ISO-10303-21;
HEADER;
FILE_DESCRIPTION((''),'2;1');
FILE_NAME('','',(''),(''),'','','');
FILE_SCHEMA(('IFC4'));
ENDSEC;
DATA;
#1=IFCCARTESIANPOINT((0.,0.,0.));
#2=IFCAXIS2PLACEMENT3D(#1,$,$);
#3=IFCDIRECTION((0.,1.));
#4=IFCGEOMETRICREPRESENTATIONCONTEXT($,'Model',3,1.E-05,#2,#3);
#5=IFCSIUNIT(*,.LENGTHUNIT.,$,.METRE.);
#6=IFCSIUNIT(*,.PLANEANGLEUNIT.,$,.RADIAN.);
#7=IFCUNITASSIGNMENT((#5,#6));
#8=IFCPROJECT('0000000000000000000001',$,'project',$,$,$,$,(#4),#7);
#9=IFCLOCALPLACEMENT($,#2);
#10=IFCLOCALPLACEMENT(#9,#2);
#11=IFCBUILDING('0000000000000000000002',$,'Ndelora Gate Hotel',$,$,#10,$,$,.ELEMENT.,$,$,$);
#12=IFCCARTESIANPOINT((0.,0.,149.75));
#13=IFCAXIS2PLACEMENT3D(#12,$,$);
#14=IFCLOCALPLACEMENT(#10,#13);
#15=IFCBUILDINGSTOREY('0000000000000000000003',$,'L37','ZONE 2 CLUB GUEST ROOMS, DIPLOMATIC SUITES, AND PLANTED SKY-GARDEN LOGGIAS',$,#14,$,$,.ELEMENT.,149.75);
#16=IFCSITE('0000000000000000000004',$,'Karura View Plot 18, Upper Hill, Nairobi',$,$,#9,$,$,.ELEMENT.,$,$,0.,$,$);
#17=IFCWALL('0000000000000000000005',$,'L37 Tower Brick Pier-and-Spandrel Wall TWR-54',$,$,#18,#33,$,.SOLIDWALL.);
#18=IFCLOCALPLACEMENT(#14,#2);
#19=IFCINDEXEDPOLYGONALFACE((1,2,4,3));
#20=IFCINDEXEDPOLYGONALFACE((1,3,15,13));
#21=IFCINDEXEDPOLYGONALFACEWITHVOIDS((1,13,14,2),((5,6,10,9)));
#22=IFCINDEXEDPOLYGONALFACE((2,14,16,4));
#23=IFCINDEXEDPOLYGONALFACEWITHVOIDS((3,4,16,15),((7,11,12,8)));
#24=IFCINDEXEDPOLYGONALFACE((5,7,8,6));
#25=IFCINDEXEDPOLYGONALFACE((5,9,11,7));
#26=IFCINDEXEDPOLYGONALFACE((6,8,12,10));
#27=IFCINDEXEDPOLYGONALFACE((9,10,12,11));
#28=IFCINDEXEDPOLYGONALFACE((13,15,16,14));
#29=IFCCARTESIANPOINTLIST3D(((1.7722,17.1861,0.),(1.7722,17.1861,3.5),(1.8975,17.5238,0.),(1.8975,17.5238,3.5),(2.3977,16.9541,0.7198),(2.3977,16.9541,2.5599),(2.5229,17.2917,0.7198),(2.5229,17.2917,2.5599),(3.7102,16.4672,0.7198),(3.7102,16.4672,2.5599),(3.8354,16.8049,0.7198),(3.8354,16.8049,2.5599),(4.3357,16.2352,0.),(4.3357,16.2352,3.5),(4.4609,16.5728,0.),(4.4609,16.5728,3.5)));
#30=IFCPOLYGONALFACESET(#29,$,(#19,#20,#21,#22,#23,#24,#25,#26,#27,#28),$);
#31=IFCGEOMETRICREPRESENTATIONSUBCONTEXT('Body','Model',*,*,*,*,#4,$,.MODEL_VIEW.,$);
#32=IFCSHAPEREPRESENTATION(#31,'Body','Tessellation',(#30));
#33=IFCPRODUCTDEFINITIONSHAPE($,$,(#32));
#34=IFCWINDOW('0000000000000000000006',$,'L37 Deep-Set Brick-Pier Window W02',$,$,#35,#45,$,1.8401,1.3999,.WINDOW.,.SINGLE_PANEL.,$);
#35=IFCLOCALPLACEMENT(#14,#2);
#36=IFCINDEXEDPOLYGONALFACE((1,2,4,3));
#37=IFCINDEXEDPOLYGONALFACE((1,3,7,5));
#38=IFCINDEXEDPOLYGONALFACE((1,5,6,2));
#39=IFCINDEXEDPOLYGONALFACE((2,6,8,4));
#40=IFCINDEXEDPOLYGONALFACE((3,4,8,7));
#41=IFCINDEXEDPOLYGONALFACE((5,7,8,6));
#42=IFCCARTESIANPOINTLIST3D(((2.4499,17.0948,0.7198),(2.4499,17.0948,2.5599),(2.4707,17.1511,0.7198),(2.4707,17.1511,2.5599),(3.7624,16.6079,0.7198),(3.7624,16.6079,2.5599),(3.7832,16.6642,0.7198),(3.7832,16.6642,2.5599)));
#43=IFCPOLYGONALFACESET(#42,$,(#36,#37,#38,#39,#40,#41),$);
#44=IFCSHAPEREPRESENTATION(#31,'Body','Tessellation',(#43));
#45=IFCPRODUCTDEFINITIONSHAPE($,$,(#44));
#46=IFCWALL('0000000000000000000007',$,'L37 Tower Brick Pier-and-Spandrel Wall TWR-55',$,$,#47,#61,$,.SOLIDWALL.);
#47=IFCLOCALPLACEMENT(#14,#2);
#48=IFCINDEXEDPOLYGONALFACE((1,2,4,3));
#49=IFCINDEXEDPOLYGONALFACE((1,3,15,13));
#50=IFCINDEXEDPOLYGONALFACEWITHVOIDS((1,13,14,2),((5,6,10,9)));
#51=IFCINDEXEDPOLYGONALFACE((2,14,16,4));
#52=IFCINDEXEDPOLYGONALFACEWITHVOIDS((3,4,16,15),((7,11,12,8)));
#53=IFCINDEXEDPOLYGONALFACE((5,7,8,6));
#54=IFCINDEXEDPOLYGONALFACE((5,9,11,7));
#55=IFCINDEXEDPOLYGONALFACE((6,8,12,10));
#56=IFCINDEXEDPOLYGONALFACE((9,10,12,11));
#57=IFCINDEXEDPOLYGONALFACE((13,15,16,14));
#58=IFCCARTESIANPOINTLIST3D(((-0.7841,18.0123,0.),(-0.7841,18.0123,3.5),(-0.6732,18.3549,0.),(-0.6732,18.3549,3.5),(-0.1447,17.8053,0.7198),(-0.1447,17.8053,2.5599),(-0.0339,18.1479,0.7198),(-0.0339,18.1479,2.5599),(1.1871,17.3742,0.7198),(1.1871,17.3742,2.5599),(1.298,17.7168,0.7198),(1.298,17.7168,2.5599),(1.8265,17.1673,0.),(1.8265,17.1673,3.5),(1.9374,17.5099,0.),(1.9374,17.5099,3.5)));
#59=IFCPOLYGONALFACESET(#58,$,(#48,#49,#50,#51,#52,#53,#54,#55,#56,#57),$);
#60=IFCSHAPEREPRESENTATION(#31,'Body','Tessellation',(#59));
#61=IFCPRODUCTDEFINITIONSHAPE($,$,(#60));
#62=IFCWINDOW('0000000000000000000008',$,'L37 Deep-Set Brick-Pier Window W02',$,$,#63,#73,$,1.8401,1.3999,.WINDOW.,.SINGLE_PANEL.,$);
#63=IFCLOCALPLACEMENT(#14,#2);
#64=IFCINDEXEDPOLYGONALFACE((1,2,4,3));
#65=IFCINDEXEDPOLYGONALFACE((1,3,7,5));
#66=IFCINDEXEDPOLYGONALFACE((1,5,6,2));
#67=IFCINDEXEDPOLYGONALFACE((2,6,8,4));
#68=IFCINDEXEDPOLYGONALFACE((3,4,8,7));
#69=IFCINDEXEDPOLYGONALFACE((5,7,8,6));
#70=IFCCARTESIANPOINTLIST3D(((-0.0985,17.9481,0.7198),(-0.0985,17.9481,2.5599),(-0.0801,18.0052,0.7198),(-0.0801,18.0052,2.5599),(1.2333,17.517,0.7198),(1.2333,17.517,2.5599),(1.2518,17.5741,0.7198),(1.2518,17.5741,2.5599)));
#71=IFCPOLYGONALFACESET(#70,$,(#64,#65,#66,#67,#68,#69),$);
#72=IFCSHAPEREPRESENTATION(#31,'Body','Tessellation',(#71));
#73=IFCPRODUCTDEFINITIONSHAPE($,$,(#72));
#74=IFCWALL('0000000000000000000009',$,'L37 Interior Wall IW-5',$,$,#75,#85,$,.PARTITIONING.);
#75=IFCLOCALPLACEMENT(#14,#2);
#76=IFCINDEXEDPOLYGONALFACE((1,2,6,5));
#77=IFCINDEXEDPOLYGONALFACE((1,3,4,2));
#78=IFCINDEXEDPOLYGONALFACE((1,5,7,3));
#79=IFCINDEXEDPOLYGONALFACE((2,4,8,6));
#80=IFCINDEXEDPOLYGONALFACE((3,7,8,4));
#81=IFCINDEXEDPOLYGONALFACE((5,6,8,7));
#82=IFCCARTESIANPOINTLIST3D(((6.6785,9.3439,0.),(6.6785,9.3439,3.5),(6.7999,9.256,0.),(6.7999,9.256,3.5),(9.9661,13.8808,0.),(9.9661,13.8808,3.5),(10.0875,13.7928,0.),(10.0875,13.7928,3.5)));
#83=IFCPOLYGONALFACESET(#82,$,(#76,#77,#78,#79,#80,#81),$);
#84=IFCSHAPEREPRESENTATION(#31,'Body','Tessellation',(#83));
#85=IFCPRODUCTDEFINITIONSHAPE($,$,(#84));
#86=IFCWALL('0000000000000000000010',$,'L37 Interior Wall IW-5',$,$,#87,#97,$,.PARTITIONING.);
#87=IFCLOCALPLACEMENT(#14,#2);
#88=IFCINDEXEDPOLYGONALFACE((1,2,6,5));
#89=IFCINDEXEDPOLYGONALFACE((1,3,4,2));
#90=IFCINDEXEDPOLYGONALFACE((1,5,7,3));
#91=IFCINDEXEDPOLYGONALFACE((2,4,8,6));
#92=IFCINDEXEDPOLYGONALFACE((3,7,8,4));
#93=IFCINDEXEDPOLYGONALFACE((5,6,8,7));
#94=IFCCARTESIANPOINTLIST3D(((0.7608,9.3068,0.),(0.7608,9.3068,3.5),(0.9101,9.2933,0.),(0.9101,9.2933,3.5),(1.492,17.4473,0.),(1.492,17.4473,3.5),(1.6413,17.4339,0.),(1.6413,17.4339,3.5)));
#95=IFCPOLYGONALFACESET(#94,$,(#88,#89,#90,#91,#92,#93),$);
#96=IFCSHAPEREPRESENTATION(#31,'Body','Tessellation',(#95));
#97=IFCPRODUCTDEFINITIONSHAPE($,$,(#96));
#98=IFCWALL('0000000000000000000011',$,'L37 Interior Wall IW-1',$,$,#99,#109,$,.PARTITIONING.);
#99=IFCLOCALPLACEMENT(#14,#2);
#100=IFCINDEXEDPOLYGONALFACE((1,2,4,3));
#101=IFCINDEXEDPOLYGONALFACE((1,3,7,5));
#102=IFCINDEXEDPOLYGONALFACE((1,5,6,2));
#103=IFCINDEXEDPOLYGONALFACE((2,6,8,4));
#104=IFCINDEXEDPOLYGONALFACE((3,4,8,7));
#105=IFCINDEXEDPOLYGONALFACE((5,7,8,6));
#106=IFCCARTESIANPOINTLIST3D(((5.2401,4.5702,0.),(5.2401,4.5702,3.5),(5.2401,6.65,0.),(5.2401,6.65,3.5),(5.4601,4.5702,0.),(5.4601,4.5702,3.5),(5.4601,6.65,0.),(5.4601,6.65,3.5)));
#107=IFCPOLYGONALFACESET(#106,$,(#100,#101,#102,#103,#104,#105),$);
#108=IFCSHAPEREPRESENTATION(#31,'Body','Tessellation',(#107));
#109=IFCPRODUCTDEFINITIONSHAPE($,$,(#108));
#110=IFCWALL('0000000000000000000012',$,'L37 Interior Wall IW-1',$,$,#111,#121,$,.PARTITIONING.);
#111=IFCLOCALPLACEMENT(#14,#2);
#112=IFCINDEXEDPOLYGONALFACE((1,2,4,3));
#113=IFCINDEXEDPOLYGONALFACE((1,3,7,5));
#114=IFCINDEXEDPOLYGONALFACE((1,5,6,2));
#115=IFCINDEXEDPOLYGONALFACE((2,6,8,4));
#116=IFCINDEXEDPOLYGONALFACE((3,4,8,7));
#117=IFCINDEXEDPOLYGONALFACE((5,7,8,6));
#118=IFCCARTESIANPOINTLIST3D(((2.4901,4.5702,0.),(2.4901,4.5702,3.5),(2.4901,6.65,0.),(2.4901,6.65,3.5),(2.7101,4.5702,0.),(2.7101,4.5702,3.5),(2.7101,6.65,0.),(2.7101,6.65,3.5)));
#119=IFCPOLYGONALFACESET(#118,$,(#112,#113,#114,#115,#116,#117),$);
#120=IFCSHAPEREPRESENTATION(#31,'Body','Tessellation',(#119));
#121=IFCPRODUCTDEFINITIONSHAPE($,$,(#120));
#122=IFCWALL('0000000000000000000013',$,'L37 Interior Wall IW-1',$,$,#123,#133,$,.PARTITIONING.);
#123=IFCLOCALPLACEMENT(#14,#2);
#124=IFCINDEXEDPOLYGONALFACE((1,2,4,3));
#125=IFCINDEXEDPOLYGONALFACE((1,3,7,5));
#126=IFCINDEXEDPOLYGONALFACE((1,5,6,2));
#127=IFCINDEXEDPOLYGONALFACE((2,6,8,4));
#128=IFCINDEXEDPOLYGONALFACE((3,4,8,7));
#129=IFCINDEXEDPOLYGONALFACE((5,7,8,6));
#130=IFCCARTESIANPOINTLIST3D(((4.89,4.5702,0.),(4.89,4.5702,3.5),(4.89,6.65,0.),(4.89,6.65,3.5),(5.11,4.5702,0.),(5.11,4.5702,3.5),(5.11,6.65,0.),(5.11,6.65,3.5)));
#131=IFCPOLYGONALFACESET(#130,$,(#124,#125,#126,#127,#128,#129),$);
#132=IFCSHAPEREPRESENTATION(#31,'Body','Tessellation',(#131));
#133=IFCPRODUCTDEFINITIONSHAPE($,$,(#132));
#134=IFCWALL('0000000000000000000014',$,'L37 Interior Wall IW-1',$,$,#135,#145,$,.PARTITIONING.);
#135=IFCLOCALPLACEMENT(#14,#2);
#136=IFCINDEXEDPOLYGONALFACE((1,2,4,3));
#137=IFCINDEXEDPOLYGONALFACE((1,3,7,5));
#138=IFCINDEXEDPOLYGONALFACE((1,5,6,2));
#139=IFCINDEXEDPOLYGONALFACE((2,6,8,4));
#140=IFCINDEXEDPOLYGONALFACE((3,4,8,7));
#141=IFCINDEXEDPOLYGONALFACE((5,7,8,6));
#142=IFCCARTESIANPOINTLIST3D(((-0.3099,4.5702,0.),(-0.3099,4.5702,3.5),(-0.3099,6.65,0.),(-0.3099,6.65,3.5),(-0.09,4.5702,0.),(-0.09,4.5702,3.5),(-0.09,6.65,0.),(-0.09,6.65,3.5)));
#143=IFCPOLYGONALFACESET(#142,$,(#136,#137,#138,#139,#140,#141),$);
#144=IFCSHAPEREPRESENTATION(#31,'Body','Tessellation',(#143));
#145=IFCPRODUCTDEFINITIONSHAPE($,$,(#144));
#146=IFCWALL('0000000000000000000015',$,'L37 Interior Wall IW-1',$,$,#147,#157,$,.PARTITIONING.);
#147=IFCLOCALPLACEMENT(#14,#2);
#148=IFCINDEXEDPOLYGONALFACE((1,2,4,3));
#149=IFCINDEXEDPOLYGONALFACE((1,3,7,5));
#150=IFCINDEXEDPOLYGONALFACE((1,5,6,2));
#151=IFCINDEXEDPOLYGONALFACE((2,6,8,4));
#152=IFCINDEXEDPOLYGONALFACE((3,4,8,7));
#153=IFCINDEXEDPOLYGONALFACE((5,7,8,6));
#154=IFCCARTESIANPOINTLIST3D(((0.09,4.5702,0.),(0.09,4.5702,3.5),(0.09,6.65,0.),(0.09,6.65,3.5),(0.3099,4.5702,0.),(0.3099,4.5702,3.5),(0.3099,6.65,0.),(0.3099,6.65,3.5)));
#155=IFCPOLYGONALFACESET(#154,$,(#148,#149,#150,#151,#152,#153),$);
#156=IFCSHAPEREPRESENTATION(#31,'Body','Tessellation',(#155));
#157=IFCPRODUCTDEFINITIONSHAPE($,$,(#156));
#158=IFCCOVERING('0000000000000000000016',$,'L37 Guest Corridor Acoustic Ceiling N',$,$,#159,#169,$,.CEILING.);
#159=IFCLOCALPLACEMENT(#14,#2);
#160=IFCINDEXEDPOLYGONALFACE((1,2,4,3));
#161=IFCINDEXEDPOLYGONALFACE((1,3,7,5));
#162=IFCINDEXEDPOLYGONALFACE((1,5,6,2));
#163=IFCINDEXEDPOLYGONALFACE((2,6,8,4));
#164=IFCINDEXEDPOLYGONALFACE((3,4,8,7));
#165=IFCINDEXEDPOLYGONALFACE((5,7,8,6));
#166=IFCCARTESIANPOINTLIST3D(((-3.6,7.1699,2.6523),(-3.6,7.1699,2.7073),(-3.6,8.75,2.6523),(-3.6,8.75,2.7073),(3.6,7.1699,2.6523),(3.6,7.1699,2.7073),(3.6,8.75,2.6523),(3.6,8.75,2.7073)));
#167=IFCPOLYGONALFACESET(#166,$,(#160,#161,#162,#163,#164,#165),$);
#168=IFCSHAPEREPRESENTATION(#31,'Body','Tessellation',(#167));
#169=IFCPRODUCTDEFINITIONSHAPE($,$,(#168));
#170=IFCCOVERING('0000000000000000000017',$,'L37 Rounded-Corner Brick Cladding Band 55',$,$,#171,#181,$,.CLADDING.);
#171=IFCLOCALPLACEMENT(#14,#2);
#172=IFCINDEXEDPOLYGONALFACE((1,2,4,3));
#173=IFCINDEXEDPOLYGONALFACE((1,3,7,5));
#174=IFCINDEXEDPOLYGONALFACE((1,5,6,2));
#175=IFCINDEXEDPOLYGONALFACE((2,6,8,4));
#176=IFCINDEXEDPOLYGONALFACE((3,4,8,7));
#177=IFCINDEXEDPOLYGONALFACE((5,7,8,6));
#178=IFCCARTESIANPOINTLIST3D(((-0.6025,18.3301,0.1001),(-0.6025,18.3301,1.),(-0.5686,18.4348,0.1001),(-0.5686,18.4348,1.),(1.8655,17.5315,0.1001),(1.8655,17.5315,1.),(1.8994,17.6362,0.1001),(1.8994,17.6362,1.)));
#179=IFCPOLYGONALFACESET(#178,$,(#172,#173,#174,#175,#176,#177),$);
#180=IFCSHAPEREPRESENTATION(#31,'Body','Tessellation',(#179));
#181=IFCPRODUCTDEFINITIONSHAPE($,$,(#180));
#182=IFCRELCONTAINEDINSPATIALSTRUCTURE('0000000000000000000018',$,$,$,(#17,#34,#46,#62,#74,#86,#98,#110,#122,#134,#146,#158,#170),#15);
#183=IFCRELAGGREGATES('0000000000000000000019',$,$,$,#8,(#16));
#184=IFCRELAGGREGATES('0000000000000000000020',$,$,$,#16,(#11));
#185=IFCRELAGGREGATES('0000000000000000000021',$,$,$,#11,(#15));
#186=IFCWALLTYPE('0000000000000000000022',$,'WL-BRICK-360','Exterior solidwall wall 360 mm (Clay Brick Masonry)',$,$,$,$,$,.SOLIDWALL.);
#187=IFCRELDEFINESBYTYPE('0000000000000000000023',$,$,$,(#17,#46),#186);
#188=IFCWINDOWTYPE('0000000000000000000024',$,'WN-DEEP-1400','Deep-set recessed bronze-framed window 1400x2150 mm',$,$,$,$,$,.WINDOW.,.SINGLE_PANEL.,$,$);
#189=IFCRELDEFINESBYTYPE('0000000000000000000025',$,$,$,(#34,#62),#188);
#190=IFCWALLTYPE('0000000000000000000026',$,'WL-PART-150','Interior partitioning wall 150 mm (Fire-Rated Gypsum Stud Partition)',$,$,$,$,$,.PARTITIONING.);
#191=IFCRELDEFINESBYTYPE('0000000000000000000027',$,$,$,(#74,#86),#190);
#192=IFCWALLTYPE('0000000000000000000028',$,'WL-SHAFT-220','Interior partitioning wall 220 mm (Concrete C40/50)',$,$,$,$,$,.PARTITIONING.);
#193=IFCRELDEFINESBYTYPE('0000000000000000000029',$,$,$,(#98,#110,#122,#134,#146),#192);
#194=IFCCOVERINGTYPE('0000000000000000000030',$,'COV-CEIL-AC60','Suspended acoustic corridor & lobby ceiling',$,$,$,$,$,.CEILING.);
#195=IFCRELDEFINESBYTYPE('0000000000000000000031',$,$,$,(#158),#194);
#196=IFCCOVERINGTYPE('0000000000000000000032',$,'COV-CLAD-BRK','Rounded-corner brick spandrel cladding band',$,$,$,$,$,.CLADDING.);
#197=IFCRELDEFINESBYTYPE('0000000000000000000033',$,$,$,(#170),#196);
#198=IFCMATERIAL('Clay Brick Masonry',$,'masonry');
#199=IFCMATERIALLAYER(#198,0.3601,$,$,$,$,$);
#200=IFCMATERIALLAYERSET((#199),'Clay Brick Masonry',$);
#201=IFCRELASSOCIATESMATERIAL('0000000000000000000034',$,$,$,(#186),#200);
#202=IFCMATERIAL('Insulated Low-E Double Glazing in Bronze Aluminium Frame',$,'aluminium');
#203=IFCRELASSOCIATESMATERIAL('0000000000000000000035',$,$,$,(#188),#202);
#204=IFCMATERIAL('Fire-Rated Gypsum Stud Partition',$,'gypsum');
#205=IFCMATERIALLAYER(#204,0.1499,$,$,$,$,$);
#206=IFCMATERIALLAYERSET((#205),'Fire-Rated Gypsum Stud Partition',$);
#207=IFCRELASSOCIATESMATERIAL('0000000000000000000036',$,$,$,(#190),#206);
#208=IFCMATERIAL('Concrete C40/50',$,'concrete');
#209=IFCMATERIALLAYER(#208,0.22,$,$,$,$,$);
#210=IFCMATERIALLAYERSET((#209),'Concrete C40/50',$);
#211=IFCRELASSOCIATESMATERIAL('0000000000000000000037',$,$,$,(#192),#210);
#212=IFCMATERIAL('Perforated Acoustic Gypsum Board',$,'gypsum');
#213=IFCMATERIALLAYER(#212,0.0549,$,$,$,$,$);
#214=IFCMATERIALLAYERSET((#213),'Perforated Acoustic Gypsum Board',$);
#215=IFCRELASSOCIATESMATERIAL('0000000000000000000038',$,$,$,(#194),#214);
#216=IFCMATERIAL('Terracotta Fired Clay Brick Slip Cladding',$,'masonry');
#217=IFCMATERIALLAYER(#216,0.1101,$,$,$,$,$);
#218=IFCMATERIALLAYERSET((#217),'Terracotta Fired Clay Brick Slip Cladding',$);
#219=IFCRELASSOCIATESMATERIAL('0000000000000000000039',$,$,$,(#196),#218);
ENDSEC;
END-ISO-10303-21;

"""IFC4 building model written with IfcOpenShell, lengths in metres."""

from ifc_helpers import new_model, si_unit, direction, frame, frame_2d, origin, origin_2d, place, context, subcontext, project, spatial, rectangle, extrude, material, layer, layer_set, type_object, element, fill, save


model = new_model("IFC4")

# Units and contexts
model_context = context("Model", 3, precision=1e-05, world=origin(), true_north=direction((0.0, 1.0)))
body_context = subcontext(model_context, "Body", "Model", "MODEL_VIEW")
ifc_project = project(units=[si_unit("LENGTHUNIT", "METRE"), si_unit("PLANEANGLEUNIT", "RADIAN")], contexts=[model_context])

# Site, building, storey
site_placement = place(None, origin())
site = spatial("IfcSite", under=ifc_project, at=site_placement, Name="Karura View Plot 18, Upper Hill, Nairobi", CompositionType="ELEMENT", RefElevation=0.0)
building_placement = place(site_placement, origin())
building = spatial("IfcBuilding", under=site, at=building_placement, Name="Ndelora Gate Hotel", CompositionType="ELEMENT")
storey_placement = place(building_placement, frame((0.0, 0.0, 149.75)))
storey = spatial("IfcBuildingStorey", under=building, at=storey_placement, Name="L37", Description="ZONE 2 CLUB GUEST ROOMS, DIPLOMATIC SUITES, AND PLANTED SKY-GARDEN LOGGIAS", CompositionType="ELEMENT", Elevation=149.75)

# Walls, openings, windows
ifc_material_1 = material(Name="Clay Brick Masonry", Category="masonry")
ifc_layer_1 = layer(ifc_material_1, 0.3601)
ifc_layer_set_1 = layer_set([ifc_layer_1], Name="Clay Brick Masonry")
wall_type_1 = type_object("IfcWallType", Name="WL-BRICK-360", Description="Exterior solidwall wall 360 mm (Clay Brick Masonry)", PredefinedType="SOLIDWALL", material=ifc_layer_set_1)
ifc_material_2 = material(Name="Insulated Low-E Double Glazing in Bronze Aluminium Frame", Category="aluminium")
window_type = type_object("IfcWindowType", Name="WN-DEEP-1400", Description="Deep-set recessed bronze-framed window 1400x2150 mm", PartitioningType="SINGLE_PANEL", PredefinedType="WINDOW", material=ifc_material_2)
wall_1_placement = place(storey_placement, frame((1.8347, 17.355, 0.0), z_axis=(0.0, 0.0, 1.0), x_axis=(0.937571, -0.347794, 0.0)))
wall_1 = element("IfcWall", 1, at=wall_1_placement, inside=storey, type_object=wall_type_1, Name="L37 Tower Brick Pier-and-Spandrel Wall TWR-54", PredefinedType="SOLIDWALL", context=body_context, shape_type="SweptSolid", body=[
    extrude(rectangle(XDim=2.7341, YDim=0.3601, at=frame_2d((1.3672, 0.0))), origin(), (0.0, 0.0, 1.0), 3.5),
])
opening_1_placement = place(wall_1_placement, frame((0.6672, 0.0, 0.72)))
opening_1 = element("IfcOpeningElement", 2, at=opening_1_placement, cuts=wall_1, PredefinedType="OPENING", context=body_context, shape_type="SweptSolid", body=[
    extrude(rectangle(XDim=1.3999, YDim=1.8401, at=frame_2d((0.7, 0.9199))), frame((0.0, 0.1899, 0.0), z_axis=(0.0, -1.0, 0.0), x_axis=(1.0, 0.0, 0.0)), (0.0, 0.0, 1.0), 0.3801),
])
window_1_placement = place(opening_1_placement, origin())
window_1 = element("IfcWindow", 3, at=window_1_placement, inside=storey, type_object=window_type, Name="L37 Deep-Set Brick-Pier Window W02", OverallHeight=1.8401, OverallWidth=1.3999, PartitioningType="SINGLE_PANEL", PredefinedType="WINDOW", context=body_context, shape_type="SweptSolid", body=[
    extrude(rectangle(XDim=1.3999, YDim=1.8401, at=frame_2d((0.7, 0.9199))), frame((0.0, 0.03, 0.0), z_axis=(0.0, -1.0, 0.0), x_axis=(1.0, 0.0, 0.0)), (0.0, 0.0, 1.0), 0.0601),
])
fill(opening_1, window_1)
wall_2_placement = place(storey_placement, frame((-0.7288, 18.1836, 0.0), z_axis=(0.0, 0.0, 1.0), x_axis=(0.951405, -0.307941, 0.0)))
wall_2 = element("IfcWall", 4, at=wall_2_placement, inside=storey, type_object=wall_type_1, Name="L37 Tower Brick Pier-and-Spandrel Wall TWR-55", PredefinedType="SOLIDWALL", context=body_context, shape_type="SweptSolid", body=[
    extrude(rectangle(XDim=2.7439, YDim=0.3601, at=frame_2d((1.3721, 0.0))), origin(), (0.0, 0.0, 1.0), 3.5),
])
opening_2_placement = place(wall_2_placement, frame((0.6721, 0.0, 0.72)))
opening_2 = element("IfcOpeningElement", 5, at=opening_2_placement, cuts=wall_2, PredefinedType="OPENING", context=body_context, shape_type="SweptSolid", body=[
    extrude(rectangle(XDim=1.3999, YDim=1.8401, at=frame_2d((0.7, 0.9199))), frame((0.0, 0.1899, 0.0), z_axis=(0.0, -1.0, 0.0), x_axis=(1.0, 0.0, 0.0)), (0.0, 0.0, 1.0), 0.3801),
])
window_2_placement = place(opening_2_placement, origin())
window_2 = element("IfcWindow", 6, at=window_2_placement, inside=storey, type_object=window_type, Name="L37 Deep-Set Brick-Pier Window W02", OverallHeight=1.8401, OverallWidth=1.3999, PartitioningType="SINGLE_PANEL", PredefinedType="WINDOW", context=body_context, shape_type="SweptSolid", body=[
    extrude(rectangle(XDim=1.3999, YDim=1.8401, at=frame_2d((0.7, 0.9199))), frame((0.0, 0.03, 0.0), z_axis=(0.0, -1.0, 0.0), x_axis=(1.0, 0.0, 0.0)), (0.0, 0.0, 1.0), 0.0601),
])
fill(opening_2, window_2)

# Walls
ifc_material_3 = material(Name="Fire-Rated Gypsum Stud Partition", Category="gypsum")
ifc_layer_2 = layer(ifc_material_3, 0.1499)
ifc_layer_set_2 = layer_set([ifc_layer_2], Name="Fire-Rated Gypsum Stud Partition")
wall_type_2 = type_object("IfcWallType", Name="WL-PART-150", Description="Interior partitioning wall 150 mm (Fire-Rated Gypsum Stud Partition)", PredefinedType="PARTITIONING", material=ifc_layer_set_2)
wall_3_placement = place(storey_placement, frame((6.7393, 9.3, 0.0), z_axis=(0.0, 0.0, 1.0), x_axis=(0.586777, 0.809749, 0.0)))
element("IfcWall", 7, at=wall_3_placement, inside=storey, type_object=wall_type_2, Name="L37 Interior Wall IW-5", PredefinedType="PARTITIONING", context=body_context, shape_type="SweptSolid", body=[
    extrude(rectangle(XDim=5.6028, YDim=0.1499, at=frame_2d((2.8013, 0.0))), origin(), (0.0, 0.0, 1.0), 3.5),
])
wall_4_placement = place(storey_placement, frame((0.8354, 9.3, 0.0), z_axis=(0.0, 0.0, 1.0), x_axis=(0.089461, 0.99599, 0.0)))
element("IfcWall", 8, at=wall_4_placement, inside=storey, type_object=wall_type_2, Name="L37 Interior Wall IW-5", PredefinedType="PARTITIONING", context=body_context, shape_type="SweptSolid", body=[
    extrude(rectangle(XDim=8.1733, YDim=0.1499, at=frame_2d((4.0867, 0.0))), origin(), (0.0, 0.0, 1.0), 3.5),
])

# Shared definitions
ifc_material_4 = material(Name="Concrete C40/50", Category="concrete")
ifc_layer_3 = layer(ifc_material_4, 0.22)
ifc_layer_set_3 = layer_set([ifc_layer_3], Name="Concrete C40/50")
wall_type_3 = type_object("IfcWallType", Name="WL-SHAFT-220", Description="Interior partitioning wall 220 mm (Concrete C40/50)", PredefinedType="PARTITIONING", material=ifc_layer_set_3)

# Walls
for number, where, z_axis, x_axis, name in (
    (9, (5.3501, 4.5701, 0.0), (0.0, 0.0, 1.0), (0.0, 1.0, 0.0), "L37 Interior Wall IW-1"),
    (10, (2.6001, 4.5701, 0.0), (0.0, 0.0, 1.0), (0.0, 1.0, 0.0), "L37 Interior Wall IW-1"),
    (11, (5.0, 4.5701, 0.0), (0.0, 0.0, 1.0), (0.0, 1.0, 0.0), "L37 Interior Wall IW-1"),
    (12, (-0.2, 4.5701, 0.0), (0.0, 0.0, 1.0), (0.0, 1.0, 0.0), "L37 Interior Wall IW-1"),
    (13, (0.2, 4.5701, 0.0), (0.0, 0.0, 1.0), (0.0, 1.0, 0.0), "L37 Interior Wall IW-1"),
):
    element("IfcWall", number, at=place(storey_placement, frame(where, z_axis=z_axis, x_axis=x_axis)), inside=storey, type_object=wall_type_3, Name=name, PredefinedType="PARTITIONING", context=body_context, shape_type="SweptSolid", body=[
        extrude(rectangle(XDim=2.0798, YDim=0.22, at=frame_2d((1.04, 0.0))), origin(), (0.0, 0.0, 1.0), 3.5),
    ])

# Coverings
ifc_material_5 = material(Name="Perforated Acoustic Gypsum Board", Category="gypsum")
ifc_layer_4 = layer(ifc_material_5, 0.0549)
ifc_layer_set_4 = layer_set([ifc_layer_4], Name="Perforated Acoustic Gypsum Board")
covering_type_1 = type_object("IfcCoveringType", Name="COV-CEIL-AC60", Description="Suspended acoustic corridor & lobby ceiling", PredefinedType="CEILING", material=ifc_layer_set_4)
covering_1_placement = place(storey_placement, frame((0.0, 7.96, 2.6523), z_axis=(0.0, 0.0, 1.0), x_axis=(1.0, 0.0, 0.0)))
element("IfcCovering", 14, at=covering_1_placement, inside=storey, type_object=covering_type_1, Name="L37 Guest Corridor Acoustic Ceiling N", PredefinedType="CEILING", context=body_context, shape_type="SweptSolid", body=[
    extrude(rectangle(XDim=7.2, YDim=1.5801, at=origin_2d()), origin(), (0.0, 0.0, 1.0), 0.0549),
])
ifc_material_6 = material(Name="Terracotta Fired Clay Brick Slip Cladding", Category="masonry")
ifc_layer_5 = layer(ifc_material_6, 0.1101)
ifc_layer_set_5 = layer_set([ifc_layer_5], Name="Terracotta Fired Clay Brick Slip Cladding")
covering_type_2 = type_object("IfcCoveringType", Name="COV-CLAD-BRK", Description="Rounded-corner brick spandrel cladding band", PredefinedType="CLADDING", material=ifc_layer_set_5)
covering_2_placement = place(storey_placement, frame((0.6484, 17.9832, 0.1001), z_axis=(0.0, 0.0, 1.0), x_axis=(-0.951433, 0.307855, 0.0)))
element("IfcCovering", 15, at=covering_2_placement, inside=storey, type_object=covering_type_2, Name="L37 Rounded-Corner Brick Cladding Band 55", PredefinedType="CLADDING", context=body_context, shape_type="SweptSolid", body=[
    extrude(rectangle(XDim=2.594, YDim=0.1101, at=origin_2d()), origin(), (0.0, 0.0, 1.0), 0.8999),
])

save(model, "model.ifc")
